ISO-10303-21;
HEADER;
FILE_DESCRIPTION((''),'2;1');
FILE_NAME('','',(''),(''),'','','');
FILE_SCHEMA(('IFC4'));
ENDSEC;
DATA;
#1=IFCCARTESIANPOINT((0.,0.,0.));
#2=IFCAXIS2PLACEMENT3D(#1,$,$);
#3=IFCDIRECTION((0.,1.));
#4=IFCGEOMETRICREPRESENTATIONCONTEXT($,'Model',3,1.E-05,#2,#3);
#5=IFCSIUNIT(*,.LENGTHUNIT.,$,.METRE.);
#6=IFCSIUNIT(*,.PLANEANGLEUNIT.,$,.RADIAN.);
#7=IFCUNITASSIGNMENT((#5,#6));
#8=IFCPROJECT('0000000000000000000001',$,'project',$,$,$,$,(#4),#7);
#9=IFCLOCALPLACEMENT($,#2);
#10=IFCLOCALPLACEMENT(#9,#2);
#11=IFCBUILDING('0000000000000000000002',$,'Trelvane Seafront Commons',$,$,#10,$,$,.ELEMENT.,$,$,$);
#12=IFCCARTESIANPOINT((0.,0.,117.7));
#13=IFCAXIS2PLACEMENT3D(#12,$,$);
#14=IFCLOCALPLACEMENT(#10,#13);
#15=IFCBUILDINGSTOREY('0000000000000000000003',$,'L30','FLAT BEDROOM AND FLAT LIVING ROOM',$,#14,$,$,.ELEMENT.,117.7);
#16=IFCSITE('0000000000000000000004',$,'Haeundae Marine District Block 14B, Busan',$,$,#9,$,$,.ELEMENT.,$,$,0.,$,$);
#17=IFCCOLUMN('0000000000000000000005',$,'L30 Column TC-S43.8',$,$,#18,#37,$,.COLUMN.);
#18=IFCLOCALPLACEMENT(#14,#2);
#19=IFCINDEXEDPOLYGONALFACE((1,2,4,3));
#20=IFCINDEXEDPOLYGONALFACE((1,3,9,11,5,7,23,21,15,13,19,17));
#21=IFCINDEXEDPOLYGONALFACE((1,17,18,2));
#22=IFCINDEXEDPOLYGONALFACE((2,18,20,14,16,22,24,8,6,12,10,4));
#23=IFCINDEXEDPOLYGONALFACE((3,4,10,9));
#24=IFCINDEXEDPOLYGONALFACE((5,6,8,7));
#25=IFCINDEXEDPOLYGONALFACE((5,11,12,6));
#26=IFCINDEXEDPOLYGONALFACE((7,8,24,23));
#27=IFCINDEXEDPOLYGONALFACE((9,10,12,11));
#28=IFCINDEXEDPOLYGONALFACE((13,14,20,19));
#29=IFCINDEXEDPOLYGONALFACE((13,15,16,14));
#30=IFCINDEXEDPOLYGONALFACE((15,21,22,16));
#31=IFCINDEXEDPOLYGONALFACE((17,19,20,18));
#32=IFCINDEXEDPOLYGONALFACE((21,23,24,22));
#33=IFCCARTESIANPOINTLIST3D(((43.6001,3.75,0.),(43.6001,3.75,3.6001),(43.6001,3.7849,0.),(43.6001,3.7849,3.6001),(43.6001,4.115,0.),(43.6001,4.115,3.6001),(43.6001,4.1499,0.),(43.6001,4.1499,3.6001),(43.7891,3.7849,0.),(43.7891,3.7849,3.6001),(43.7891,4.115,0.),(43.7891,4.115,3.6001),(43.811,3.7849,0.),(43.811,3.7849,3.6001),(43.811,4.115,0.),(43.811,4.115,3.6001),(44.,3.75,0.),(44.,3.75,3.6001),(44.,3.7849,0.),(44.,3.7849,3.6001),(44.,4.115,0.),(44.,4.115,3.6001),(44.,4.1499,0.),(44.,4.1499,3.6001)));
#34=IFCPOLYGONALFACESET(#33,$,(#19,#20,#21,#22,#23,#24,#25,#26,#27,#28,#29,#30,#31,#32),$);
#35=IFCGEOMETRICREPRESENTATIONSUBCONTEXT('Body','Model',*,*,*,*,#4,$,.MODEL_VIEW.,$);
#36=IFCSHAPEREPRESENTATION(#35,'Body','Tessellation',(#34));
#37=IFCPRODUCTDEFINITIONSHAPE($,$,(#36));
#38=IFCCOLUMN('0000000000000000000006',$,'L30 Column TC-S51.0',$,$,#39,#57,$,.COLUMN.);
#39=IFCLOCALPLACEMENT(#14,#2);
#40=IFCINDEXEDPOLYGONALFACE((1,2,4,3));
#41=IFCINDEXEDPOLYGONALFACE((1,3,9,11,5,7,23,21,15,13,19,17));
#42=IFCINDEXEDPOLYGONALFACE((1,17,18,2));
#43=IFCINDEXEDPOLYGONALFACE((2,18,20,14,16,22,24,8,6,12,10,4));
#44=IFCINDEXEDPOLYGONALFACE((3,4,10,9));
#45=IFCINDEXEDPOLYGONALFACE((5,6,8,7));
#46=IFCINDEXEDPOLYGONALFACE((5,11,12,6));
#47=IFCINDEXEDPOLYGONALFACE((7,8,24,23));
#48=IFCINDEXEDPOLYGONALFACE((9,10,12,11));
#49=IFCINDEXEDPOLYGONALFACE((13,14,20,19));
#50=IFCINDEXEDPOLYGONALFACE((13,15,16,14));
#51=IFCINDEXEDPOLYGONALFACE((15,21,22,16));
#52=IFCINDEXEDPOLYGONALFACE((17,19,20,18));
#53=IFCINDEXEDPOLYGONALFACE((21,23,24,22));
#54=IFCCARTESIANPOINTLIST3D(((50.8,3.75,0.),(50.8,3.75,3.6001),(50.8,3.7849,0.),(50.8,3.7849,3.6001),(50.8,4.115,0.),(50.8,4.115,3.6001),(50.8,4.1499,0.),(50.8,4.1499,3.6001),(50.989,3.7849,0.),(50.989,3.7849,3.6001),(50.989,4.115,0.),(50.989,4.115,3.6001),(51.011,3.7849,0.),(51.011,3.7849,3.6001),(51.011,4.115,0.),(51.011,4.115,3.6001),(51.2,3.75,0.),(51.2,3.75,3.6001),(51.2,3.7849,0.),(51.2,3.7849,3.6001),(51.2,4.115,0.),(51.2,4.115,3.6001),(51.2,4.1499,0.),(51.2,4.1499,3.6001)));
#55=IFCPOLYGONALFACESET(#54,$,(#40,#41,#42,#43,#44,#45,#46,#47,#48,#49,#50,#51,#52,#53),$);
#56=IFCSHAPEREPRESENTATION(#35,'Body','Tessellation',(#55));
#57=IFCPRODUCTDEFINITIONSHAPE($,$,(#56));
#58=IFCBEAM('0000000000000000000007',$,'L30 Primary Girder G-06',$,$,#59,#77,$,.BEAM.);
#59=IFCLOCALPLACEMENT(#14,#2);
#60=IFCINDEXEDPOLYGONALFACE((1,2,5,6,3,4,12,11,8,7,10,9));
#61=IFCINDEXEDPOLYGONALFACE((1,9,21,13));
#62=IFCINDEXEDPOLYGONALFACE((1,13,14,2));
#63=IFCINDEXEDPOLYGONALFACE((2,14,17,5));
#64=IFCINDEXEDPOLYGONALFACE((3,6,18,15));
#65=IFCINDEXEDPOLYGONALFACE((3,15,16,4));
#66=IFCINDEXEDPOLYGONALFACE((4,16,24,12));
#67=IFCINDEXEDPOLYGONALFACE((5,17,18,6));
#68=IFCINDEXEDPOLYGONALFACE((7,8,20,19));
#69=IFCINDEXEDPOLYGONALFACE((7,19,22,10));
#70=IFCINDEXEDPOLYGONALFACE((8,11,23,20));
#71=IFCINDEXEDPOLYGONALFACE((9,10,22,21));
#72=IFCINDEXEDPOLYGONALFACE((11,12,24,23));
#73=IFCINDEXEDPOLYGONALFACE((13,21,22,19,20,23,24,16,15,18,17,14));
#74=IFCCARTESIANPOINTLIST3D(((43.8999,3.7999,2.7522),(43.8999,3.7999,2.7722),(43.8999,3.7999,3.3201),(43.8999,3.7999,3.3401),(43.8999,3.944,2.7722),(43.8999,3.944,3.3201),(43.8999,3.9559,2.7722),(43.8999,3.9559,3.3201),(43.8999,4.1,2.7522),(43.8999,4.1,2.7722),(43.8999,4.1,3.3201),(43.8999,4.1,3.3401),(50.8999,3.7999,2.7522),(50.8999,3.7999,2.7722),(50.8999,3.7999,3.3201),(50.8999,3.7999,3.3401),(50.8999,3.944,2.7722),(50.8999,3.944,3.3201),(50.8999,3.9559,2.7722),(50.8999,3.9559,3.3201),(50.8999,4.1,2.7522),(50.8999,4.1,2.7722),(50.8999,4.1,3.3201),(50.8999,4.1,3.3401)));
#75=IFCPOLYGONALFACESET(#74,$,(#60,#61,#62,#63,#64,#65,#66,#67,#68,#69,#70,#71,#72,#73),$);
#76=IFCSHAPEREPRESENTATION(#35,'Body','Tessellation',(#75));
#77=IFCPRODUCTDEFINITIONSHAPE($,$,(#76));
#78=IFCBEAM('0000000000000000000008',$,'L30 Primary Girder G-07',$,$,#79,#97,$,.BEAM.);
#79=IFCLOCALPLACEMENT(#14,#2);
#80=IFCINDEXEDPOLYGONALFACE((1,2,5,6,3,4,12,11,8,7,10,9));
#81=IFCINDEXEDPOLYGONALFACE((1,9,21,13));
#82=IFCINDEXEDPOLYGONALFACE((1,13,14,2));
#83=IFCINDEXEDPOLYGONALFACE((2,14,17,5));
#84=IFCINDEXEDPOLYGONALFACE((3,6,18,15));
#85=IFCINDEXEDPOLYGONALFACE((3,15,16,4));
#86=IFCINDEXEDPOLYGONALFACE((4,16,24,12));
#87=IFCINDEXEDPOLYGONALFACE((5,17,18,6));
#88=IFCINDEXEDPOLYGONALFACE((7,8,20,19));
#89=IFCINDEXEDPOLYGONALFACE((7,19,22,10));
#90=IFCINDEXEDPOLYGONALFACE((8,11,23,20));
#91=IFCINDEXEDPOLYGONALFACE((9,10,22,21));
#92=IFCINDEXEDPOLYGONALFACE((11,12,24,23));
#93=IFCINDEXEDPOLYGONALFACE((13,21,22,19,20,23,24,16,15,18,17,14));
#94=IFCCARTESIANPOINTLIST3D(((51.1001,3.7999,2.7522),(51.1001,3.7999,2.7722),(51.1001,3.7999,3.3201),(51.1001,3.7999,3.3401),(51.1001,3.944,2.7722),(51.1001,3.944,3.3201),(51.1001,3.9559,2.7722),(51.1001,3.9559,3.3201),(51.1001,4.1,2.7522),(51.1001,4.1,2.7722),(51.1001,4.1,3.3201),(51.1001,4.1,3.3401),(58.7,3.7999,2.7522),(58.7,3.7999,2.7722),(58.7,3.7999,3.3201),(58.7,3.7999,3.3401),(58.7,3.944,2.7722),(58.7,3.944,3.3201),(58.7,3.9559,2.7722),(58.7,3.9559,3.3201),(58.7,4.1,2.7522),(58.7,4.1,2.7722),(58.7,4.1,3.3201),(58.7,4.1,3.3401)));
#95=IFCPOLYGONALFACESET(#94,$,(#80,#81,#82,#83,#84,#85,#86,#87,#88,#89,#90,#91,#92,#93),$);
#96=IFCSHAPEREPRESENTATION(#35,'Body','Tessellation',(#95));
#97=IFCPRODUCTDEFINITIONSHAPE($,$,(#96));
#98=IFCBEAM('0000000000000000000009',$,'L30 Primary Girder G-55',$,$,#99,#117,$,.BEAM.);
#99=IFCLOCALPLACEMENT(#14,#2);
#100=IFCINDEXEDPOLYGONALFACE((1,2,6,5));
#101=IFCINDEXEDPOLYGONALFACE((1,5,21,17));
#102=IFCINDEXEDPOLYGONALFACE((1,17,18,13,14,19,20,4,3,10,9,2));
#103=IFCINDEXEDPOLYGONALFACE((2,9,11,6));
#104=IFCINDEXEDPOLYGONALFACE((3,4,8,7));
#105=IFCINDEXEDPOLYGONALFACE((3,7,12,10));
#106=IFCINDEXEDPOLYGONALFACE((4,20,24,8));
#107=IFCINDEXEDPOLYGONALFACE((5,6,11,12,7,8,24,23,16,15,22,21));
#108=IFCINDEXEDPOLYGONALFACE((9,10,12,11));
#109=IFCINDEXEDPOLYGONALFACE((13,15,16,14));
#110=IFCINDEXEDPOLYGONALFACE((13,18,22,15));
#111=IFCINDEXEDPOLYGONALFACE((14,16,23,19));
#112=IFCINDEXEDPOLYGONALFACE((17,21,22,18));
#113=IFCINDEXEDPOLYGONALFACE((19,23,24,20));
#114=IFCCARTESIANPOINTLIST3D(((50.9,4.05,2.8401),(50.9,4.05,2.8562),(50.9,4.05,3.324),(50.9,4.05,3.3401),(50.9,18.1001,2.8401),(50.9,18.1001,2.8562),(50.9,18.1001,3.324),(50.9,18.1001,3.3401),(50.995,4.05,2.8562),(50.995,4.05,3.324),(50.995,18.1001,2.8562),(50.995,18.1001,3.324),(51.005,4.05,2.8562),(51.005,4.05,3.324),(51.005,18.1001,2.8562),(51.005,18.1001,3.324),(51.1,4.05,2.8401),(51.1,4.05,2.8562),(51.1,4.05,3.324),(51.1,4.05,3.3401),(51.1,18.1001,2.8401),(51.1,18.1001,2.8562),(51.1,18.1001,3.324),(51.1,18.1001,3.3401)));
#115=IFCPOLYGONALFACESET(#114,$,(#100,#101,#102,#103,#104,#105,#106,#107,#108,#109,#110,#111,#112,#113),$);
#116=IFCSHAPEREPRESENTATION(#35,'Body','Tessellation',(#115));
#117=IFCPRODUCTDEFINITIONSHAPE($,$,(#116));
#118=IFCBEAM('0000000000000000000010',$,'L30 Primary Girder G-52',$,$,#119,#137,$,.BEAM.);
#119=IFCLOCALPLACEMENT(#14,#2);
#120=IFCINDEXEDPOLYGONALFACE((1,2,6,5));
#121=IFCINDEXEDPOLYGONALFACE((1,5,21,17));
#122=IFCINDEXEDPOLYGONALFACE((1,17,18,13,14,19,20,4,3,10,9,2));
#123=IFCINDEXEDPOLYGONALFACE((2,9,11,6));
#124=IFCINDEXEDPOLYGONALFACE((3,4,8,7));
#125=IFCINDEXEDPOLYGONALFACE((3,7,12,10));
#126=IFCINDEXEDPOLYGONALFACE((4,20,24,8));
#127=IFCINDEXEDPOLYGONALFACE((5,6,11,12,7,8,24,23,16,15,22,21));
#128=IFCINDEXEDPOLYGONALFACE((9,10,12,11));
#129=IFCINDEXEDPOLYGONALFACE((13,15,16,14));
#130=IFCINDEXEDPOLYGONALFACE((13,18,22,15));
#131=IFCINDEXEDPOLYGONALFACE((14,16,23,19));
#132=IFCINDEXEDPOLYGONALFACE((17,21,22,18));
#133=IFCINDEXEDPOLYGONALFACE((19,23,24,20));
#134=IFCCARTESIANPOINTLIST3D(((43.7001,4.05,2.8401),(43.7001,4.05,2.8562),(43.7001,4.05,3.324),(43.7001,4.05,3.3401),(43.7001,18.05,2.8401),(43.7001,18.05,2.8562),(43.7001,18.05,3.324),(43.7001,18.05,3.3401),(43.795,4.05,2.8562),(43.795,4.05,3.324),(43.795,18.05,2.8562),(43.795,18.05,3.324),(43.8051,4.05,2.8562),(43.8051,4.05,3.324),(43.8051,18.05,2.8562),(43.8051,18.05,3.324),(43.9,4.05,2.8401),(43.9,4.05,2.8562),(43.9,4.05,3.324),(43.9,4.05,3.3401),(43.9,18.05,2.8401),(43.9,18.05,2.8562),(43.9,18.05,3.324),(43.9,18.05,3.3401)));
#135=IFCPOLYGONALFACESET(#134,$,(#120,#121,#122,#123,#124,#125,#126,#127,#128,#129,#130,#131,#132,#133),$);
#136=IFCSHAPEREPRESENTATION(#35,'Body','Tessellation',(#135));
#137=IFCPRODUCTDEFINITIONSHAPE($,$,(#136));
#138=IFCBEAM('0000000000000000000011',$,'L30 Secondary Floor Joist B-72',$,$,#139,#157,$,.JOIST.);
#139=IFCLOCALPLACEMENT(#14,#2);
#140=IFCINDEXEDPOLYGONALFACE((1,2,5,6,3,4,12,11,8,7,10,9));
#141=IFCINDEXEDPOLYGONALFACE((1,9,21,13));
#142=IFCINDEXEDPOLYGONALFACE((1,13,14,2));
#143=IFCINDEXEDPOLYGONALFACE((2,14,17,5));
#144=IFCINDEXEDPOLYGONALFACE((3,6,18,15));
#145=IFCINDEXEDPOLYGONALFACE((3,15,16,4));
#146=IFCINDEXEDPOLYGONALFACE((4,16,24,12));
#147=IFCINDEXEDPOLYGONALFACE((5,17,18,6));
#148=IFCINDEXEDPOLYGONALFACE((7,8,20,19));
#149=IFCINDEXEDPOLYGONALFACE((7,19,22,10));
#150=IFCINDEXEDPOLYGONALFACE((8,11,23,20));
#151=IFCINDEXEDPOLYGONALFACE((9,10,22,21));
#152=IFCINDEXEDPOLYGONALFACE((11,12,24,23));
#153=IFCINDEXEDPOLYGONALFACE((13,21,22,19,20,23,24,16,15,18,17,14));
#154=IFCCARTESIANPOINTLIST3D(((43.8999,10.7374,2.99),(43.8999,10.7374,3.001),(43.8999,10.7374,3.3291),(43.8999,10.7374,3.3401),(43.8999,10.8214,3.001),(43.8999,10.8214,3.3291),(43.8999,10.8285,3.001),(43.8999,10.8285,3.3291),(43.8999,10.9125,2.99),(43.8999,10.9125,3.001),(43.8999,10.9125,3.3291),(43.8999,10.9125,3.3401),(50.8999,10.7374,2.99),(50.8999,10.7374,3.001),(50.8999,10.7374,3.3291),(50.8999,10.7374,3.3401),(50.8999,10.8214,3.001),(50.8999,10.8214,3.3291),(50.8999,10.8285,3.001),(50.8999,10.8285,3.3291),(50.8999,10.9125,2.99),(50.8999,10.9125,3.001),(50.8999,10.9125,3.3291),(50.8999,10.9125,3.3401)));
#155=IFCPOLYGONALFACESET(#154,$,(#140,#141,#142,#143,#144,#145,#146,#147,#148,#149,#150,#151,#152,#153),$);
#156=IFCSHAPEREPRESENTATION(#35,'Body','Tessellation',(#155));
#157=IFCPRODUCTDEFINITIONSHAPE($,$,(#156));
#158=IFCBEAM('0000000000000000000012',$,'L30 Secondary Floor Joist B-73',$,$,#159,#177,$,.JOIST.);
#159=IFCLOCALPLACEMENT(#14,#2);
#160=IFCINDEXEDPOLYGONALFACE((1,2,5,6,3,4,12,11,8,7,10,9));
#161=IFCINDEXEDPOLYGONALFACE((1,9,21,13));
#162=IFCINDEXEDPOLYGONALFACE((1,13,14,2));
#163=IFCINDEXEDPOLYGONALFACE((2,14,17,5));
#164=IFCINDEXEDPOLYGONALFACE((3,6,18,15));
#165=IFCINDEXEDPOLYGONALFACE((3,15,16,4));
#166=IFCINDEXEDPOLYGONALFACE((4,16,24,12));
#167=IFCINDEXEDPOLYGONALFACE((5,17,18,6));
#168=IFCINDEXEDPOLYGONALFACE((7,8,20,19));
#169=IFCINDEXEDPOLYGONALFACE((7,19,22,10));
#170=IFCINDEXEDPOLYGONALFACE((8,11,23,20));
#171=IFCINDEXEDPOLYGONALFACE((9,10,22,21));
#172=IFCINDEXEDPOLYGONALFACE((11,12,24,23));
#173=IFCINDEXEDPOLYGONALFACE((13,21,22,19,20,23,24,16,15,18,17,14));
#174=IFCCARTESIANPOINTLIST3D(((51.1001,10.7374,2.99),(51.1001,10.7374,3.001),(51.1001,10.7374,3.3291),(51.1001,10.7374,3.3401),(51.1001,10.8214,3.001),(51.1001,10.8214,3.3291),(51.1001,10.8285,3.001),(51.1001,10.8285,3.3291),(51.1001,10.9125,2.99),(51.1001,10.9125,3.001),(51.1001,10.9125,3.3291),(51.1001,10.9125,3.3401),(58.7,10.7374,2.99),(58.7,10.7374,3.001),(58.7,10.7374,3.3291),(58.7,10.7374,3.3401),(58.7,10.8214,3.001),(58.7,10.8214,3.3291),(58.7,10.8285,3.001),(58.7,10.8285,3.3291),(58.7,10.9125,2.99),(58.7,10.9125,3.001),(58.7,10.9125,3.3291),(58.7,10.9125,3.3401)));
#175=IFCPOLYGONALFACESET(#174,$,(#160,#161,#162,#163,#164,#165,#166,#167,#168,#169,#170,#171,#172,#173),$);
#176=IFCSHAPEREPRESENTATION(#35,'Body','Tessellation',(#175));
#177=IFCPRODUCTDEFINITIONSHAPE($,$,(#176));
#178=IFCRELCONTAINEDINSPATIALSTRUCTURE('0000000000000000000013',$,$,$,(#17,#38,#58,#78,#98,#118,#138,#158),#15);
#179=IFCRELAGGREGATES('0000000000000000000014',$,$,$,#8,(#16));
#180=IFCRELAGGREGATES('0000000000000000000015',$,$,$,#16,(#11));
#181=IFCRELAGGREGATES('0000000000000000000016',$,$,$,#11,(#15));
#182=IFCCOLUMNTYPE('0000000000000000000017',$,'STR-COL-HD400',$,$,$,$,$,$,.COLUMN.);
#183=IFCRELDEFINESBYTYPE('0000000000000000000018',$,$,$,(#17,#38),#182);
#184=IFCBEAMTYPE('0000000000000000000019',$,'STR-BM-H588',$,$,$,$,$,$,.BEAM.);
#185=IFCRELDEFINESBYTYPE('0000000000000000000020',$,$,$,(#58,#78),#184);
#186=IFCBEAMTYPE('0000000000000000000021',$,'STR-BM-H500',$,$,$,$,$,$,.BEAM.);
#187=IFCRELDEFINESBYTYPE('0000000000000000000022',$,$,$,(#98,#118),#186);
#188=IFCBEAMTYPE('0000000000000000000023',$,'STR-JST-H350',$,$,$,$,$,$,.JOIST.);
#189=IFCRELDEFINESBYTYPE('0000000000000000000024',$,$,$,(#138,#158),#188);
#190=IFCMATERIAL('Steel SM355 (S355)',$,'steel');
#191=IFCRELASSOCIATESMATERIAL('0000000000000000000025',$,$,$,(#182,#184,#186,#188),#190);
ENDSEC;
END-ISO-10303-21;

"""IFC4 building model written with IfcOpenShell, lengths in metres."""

from ifc_helpers import new_model, si_unit, direction, frame, origin, origin_2d, place, context, subcontext, project, spatial, i_section, extrude, source, transform, mapped, material, material_profile, profile_set, type_object, element, save


model = new_model("IFC4")

# Units and contexts
model_context = context("Model", 3, precision=1e-05, world=origin(), true_north=direction((0.0, 1.0)))
body_context = subcontext(model_context, "Body", "Model", "MODEL_VIEW")
ifc_project = project(units=[si_unit("LENGTHUNIT", "METRE"), si_unit("PLANEANGLEUNIT", "RADIAN")], contexts=[model_context])

# Site, building, storey
site_placement = place(None, origin())
site = spatial("IfcSite", under=ifc_project, at=site_placement, Name="Haeundae Marine District Block 14B, Busan", CompositionType="ELEMENT", RefElevation=0.0)
building_placement = place(site_placement, origin())
building = spatial("IfcBuilding", under=site, at=building_placement, Name="Trelvane Seafront Commons", CompositionType="ELEMENT")
storey_placement = place(building_placement, frame((0.0, 0.0, 117.7)))
storey = spatial("IfcBuildingStorey", under=building, at=storey_placement, Name="L30", Description="FLAT BEDROOM AND FLAT LIVING ROOM", CompositionType="ELEMENT", Elevation=117.7)

# Columns
ifc_material_1 = material(Name="Steel SM355 (S355)", Category="steel")
ifc_material_profile_1 = material_profile(ifc_material_1, i_section(OverallWidth=0.3999, OverallDepth=0.3999, WebThickness=0.022, FlangeThickness=0.0349, at=origin_2d()), Name="HD-400x400x22x35")
ifc_profile_set_1 = profile_set([ifc_material_profile_1], Name="Steel SM355 (S355)")
column_type = type_object("IfcColumnType", Name="STR-COL-HD400", PredefinedType="COLUMN", material=ifc_profile_set_1)
shared_shape_1 = source(origin(), body_context, "Body", "SweptSolid", [
    extrude(i_section(OverallWidth=0.3999, OverallDepth=0.3999, WebThickness=0.022, FlangeThickness=0.0349, at=origin_2d()), origin(), (0.0, 0.0, 1.0), 3.6001),
])
for number, where, z_axis, x_axis, name in (
    (1, (43.8, 3.95, 0.0), (0.0, 0.0, 1.0), (1.0, 0.0, 0.0), "L30 Column TC-S43.8"),
    (2, (51.0, 3.95, 0.0), (0.0, 0.0, 1.0), (1.0, 0.0, 0.0), "L30 Column TC-S51.0"),
):
    element("IfcColumn", number, at=place(storey_placement, frame(where, z_axis=z_axis, x_axis=x_axis)), inside=storey, type_object=column_type, Name=name, PredefinedType="COLUMN", context=body_context, shape_type="MappedRepresentation", body=[
        mapped(shared_shape_1, transform((0.0, 0.0, 0.0), x_axis=(1.0, 0.0, 0.0), y_axis=(0.0, 1.0, 0.0), z_axis=(0.0, 0.0, 1.0), scale=1.0)),
    ])

# Beams
ifc_material_profile_2 = material_profile(ifc_material_1, i_section(OverallWidth=0.3, OverallDepth=0.5879, WebThickness=0.012, FlangeThickness=0.02, at=origin_2d()), Name="H-588x300x12x20")
ifc_profile_set_2 = profile_set([ifc_material_profile_2], Name="Steel SM355 (S355)")
beam_type_1 = type_object("IfcBeamType", Name="STR-BM-H588", PredefinedType="BEAM", material=ifc_profile_set_2)
shared_shape_2 = source(origin(), body_context, "Body", "SweptSolid", [
    extrude(i_section(OverallWidth=0.3, OverallDepth=0.5879, WebThickness=0.012, FlangeThickness=0.02, at=origin_2d()), origin(), (0.0, 0.0, 1.0), 7.0),
])
beam_1_placement = place(storey_placement, frame((43.8999, 3.95, 3.0461), z_axis=(1.0, 0.0, 0.0), x_axis=(0.0, 1.0, 0.0)))
element("IfcBeam", 3, at=beam_1_placement, inside=storey, type_object=beam_type_1, Name="L30 Primary Girder G-06", PredefinedType="BEAM", context=body_context, shape_type="MappedRepresentation", body=[
    mapped(shared_shape_2, transform((0.0, 0.0, 0.0), x_axis=(1.0, 0.0, 0.0), y_axis=(0.0, 1.0, 0.0), z_axis=(0.0, 0.0, 1.0), scale=1.0)),
])
shared_shape_3 = source(origin(), body_context, "Body", "SweptSolid", [
    extrude(i_section(OverallWidth=0.3, OverallDepth=0.5879, WebThickness=0.012, FlangeThickness=0.02, at=origin_2d()), origin(), (0.0, 0.0, 1.0), 7.5999),
])
beam_2_placement = place(storey_placement, frame((51.1001, 3.95, 3.0461), z_axis=(1.0, 0.0, 0.0), x_axis=(0.0, 1.0, 0.0)))
element("IfcBeam", 4, at=beam_2_placement, inside=storey, type_object=beam_type_1, Name="L30 Primary Girder G-07", PredefinedType="BEAM", context=body_context, shape_type="MappedRepresentation", body=[
    mapped(shared_shape_3, transform((0.0, 0.0, 0.0), x_axis=(1.0, 0.0, 0.0), y_axis=(0.0, 1.0, 0.0), z_axis=(0.0, 0.0, 1.0), scale=1.0)),
])
ifc_material_profile_3 = material_profile(ifc_material_1, i_section(OverallWidth=0.2, OverallDepth=0.5, WebThickness=0.01, FlangeThickness=0.0161, at=origin_2d()), Name="H-500x200x10x16")
ifc_profile_set_3 = profile_set([ifc_material_profile_3], Name="Steel SM355 (S355)")
beam_type_2 = type_object("IfcBeamType", Name="STR-BM-H500", PredefinedType="BEAM", material=ifc_profile_set_3)
shared_shape_4 = source(origin(), body_context, "Body", "SweptSolid", [
    extrude(i_section(OverallWidth=0.2, OverallDepth=0.5, WebThickness=0.01, FlangeThickness=0.0161, at=origin_2d()), origin(), (0.0, 0.0, 1.0), 14.05),
])
beam_3_placement = place(storey_placement, frame((51.0, 4.05, 3.0901), z_axis=(0.0, 1.0, 0.0), x_axis=(-1.0, 0.0, 0.0)))
element("IfcBeam", 5, at=beam_3_placement, inside=storey, type_object=beam_type_2, Name="L30 Primary Girder G-55", PredefinedType="BEAM", context=body_context, shape_type="MappedRepresentation", body=[
    mapped(shared_shape_4, transform((0.0, 0.0, 0.0), x_axis=(1.0, 0.0, 0.0), y_axis=(0.0, 1.0, 0.0), z_axis=(0.0, 0.0, 1.0), scale=1.0)),
])
shared_shape_5 = source(origin(), body_context, "Body", "SweptSolid", [
    extrude(i_section(OverallWidth=0.2, OverallDepth=0.5, WebThickness=0.01, FlangeThickness=0.0161, at=origin_2d()), origin(), (0.0, 0.0, 1.0), 14.0),
])
beam_4_placement = place(storey_placement, frame((43.8, 4.05, 3.0901), z_axis=(0.0, 1.0, 0.0), x_axis=(-1.0, 0.0, 0.0)))
element("IfcBeam", 6, at=beam_4_placement, inside=storey, type_object=beam_type_2, Name="L30 Primary Girder G-52", PredefinedType="BEAM", context=body_context, shape_type="MappedRepresentation", body=[
    mapped(shared_shape_5, transform((0.0, 0.0, 0.0), x_axis=(1.0, 0.0, 0.0), y_axis=(0.0, 1.0, 0.0), z_axis=(0.0, 0.0, 1.0), scale=1.0)),
])
ifc_material_profile_4 = material_profile(ifc_material_1, i_section(OverallWidth=0.175, OverallDepth=0.3501, WebThickness=0.0071, FlangeThickness=0.011, at=origin_2d()), Name="H-350x175x7x11")
ifc_profile_set_4 = profile_set([ifc_material_profile_4], Name="Steel SM355 (S355)")
beam_type_3 = type_object("IfcBeamType", Name="STR-JST-H350", PredefinedType="JOIST", material=ifc_profile_set_4)
shared_shape_6 = source(origin(), body_context, "Body", "SweptSolid", [
    extrude(i_section(OverallWidth=0.175, OverallDepth=0.3501, WebThickness=0.0071, FlangeThickness=0.011, at=origin_2d()), origin(), (0.0, 0.0, 1.0), 7.0),
])
beam_5_placement = place(storey_placement, frame((43.8999, 10.825, 3.165), z_axis=(1.0, 0.0, 0.0), x_axis=(0.0, 1.0, 0.0)))
element("IfcBeam", 7, at=beam_5_placement, inside=storey, type_object=beam_type_3, Name="L30 Secondary Floor Joist B-72", PredefinedType="JOIST", context=body_context, shape_type="MappedRepresentation", body=[
    mapped(shared_shape_6, transform((0.0, 0.0, 0.0), x_axis=(1.0, 0.0, 0.0), y_axis=(0.0, 1.0, 0.0), z_axis=(0.0, 0.0, 1.0), scale=1.0)),
])
shared_shape_7 = source(origin(), body_context, "Body", "SweptSolid", [
    extrude(i_section(OverallWidth=0.175, OverallDepth=0.3501, WebThickness=0.0071, FlangeThickness=0.011, at=origin_2d()), origin(), (0.0, 0.0, 1.0), 7.5999),
])
beam_6_placement = place(storey_placement, frame((51.1001, 10.825, 3.165), z_axis=(1.0, 0.0, 0.0), x_axis=(0.0, 1.0, 0.0)))
element("IfcBeam", 8, at=beam_6_placement, inside=storey, type_object=beam_type_3, Name="L30 Secondary Floor Joist B-73", PredefinedType="JOIST", context=body_context, shape_type="MappedRepresentation", body=[
    mapped(shared_shape_7, transform((0.0, 0.0, 0.0), x_axis=(1.0, 0.0, 0.0), y_axis=(0.0, 1.0, 0.0), z_axis=(0.0, 0.0, 1.0), scale=1.0)),
])

save(model, "model.ifc")
